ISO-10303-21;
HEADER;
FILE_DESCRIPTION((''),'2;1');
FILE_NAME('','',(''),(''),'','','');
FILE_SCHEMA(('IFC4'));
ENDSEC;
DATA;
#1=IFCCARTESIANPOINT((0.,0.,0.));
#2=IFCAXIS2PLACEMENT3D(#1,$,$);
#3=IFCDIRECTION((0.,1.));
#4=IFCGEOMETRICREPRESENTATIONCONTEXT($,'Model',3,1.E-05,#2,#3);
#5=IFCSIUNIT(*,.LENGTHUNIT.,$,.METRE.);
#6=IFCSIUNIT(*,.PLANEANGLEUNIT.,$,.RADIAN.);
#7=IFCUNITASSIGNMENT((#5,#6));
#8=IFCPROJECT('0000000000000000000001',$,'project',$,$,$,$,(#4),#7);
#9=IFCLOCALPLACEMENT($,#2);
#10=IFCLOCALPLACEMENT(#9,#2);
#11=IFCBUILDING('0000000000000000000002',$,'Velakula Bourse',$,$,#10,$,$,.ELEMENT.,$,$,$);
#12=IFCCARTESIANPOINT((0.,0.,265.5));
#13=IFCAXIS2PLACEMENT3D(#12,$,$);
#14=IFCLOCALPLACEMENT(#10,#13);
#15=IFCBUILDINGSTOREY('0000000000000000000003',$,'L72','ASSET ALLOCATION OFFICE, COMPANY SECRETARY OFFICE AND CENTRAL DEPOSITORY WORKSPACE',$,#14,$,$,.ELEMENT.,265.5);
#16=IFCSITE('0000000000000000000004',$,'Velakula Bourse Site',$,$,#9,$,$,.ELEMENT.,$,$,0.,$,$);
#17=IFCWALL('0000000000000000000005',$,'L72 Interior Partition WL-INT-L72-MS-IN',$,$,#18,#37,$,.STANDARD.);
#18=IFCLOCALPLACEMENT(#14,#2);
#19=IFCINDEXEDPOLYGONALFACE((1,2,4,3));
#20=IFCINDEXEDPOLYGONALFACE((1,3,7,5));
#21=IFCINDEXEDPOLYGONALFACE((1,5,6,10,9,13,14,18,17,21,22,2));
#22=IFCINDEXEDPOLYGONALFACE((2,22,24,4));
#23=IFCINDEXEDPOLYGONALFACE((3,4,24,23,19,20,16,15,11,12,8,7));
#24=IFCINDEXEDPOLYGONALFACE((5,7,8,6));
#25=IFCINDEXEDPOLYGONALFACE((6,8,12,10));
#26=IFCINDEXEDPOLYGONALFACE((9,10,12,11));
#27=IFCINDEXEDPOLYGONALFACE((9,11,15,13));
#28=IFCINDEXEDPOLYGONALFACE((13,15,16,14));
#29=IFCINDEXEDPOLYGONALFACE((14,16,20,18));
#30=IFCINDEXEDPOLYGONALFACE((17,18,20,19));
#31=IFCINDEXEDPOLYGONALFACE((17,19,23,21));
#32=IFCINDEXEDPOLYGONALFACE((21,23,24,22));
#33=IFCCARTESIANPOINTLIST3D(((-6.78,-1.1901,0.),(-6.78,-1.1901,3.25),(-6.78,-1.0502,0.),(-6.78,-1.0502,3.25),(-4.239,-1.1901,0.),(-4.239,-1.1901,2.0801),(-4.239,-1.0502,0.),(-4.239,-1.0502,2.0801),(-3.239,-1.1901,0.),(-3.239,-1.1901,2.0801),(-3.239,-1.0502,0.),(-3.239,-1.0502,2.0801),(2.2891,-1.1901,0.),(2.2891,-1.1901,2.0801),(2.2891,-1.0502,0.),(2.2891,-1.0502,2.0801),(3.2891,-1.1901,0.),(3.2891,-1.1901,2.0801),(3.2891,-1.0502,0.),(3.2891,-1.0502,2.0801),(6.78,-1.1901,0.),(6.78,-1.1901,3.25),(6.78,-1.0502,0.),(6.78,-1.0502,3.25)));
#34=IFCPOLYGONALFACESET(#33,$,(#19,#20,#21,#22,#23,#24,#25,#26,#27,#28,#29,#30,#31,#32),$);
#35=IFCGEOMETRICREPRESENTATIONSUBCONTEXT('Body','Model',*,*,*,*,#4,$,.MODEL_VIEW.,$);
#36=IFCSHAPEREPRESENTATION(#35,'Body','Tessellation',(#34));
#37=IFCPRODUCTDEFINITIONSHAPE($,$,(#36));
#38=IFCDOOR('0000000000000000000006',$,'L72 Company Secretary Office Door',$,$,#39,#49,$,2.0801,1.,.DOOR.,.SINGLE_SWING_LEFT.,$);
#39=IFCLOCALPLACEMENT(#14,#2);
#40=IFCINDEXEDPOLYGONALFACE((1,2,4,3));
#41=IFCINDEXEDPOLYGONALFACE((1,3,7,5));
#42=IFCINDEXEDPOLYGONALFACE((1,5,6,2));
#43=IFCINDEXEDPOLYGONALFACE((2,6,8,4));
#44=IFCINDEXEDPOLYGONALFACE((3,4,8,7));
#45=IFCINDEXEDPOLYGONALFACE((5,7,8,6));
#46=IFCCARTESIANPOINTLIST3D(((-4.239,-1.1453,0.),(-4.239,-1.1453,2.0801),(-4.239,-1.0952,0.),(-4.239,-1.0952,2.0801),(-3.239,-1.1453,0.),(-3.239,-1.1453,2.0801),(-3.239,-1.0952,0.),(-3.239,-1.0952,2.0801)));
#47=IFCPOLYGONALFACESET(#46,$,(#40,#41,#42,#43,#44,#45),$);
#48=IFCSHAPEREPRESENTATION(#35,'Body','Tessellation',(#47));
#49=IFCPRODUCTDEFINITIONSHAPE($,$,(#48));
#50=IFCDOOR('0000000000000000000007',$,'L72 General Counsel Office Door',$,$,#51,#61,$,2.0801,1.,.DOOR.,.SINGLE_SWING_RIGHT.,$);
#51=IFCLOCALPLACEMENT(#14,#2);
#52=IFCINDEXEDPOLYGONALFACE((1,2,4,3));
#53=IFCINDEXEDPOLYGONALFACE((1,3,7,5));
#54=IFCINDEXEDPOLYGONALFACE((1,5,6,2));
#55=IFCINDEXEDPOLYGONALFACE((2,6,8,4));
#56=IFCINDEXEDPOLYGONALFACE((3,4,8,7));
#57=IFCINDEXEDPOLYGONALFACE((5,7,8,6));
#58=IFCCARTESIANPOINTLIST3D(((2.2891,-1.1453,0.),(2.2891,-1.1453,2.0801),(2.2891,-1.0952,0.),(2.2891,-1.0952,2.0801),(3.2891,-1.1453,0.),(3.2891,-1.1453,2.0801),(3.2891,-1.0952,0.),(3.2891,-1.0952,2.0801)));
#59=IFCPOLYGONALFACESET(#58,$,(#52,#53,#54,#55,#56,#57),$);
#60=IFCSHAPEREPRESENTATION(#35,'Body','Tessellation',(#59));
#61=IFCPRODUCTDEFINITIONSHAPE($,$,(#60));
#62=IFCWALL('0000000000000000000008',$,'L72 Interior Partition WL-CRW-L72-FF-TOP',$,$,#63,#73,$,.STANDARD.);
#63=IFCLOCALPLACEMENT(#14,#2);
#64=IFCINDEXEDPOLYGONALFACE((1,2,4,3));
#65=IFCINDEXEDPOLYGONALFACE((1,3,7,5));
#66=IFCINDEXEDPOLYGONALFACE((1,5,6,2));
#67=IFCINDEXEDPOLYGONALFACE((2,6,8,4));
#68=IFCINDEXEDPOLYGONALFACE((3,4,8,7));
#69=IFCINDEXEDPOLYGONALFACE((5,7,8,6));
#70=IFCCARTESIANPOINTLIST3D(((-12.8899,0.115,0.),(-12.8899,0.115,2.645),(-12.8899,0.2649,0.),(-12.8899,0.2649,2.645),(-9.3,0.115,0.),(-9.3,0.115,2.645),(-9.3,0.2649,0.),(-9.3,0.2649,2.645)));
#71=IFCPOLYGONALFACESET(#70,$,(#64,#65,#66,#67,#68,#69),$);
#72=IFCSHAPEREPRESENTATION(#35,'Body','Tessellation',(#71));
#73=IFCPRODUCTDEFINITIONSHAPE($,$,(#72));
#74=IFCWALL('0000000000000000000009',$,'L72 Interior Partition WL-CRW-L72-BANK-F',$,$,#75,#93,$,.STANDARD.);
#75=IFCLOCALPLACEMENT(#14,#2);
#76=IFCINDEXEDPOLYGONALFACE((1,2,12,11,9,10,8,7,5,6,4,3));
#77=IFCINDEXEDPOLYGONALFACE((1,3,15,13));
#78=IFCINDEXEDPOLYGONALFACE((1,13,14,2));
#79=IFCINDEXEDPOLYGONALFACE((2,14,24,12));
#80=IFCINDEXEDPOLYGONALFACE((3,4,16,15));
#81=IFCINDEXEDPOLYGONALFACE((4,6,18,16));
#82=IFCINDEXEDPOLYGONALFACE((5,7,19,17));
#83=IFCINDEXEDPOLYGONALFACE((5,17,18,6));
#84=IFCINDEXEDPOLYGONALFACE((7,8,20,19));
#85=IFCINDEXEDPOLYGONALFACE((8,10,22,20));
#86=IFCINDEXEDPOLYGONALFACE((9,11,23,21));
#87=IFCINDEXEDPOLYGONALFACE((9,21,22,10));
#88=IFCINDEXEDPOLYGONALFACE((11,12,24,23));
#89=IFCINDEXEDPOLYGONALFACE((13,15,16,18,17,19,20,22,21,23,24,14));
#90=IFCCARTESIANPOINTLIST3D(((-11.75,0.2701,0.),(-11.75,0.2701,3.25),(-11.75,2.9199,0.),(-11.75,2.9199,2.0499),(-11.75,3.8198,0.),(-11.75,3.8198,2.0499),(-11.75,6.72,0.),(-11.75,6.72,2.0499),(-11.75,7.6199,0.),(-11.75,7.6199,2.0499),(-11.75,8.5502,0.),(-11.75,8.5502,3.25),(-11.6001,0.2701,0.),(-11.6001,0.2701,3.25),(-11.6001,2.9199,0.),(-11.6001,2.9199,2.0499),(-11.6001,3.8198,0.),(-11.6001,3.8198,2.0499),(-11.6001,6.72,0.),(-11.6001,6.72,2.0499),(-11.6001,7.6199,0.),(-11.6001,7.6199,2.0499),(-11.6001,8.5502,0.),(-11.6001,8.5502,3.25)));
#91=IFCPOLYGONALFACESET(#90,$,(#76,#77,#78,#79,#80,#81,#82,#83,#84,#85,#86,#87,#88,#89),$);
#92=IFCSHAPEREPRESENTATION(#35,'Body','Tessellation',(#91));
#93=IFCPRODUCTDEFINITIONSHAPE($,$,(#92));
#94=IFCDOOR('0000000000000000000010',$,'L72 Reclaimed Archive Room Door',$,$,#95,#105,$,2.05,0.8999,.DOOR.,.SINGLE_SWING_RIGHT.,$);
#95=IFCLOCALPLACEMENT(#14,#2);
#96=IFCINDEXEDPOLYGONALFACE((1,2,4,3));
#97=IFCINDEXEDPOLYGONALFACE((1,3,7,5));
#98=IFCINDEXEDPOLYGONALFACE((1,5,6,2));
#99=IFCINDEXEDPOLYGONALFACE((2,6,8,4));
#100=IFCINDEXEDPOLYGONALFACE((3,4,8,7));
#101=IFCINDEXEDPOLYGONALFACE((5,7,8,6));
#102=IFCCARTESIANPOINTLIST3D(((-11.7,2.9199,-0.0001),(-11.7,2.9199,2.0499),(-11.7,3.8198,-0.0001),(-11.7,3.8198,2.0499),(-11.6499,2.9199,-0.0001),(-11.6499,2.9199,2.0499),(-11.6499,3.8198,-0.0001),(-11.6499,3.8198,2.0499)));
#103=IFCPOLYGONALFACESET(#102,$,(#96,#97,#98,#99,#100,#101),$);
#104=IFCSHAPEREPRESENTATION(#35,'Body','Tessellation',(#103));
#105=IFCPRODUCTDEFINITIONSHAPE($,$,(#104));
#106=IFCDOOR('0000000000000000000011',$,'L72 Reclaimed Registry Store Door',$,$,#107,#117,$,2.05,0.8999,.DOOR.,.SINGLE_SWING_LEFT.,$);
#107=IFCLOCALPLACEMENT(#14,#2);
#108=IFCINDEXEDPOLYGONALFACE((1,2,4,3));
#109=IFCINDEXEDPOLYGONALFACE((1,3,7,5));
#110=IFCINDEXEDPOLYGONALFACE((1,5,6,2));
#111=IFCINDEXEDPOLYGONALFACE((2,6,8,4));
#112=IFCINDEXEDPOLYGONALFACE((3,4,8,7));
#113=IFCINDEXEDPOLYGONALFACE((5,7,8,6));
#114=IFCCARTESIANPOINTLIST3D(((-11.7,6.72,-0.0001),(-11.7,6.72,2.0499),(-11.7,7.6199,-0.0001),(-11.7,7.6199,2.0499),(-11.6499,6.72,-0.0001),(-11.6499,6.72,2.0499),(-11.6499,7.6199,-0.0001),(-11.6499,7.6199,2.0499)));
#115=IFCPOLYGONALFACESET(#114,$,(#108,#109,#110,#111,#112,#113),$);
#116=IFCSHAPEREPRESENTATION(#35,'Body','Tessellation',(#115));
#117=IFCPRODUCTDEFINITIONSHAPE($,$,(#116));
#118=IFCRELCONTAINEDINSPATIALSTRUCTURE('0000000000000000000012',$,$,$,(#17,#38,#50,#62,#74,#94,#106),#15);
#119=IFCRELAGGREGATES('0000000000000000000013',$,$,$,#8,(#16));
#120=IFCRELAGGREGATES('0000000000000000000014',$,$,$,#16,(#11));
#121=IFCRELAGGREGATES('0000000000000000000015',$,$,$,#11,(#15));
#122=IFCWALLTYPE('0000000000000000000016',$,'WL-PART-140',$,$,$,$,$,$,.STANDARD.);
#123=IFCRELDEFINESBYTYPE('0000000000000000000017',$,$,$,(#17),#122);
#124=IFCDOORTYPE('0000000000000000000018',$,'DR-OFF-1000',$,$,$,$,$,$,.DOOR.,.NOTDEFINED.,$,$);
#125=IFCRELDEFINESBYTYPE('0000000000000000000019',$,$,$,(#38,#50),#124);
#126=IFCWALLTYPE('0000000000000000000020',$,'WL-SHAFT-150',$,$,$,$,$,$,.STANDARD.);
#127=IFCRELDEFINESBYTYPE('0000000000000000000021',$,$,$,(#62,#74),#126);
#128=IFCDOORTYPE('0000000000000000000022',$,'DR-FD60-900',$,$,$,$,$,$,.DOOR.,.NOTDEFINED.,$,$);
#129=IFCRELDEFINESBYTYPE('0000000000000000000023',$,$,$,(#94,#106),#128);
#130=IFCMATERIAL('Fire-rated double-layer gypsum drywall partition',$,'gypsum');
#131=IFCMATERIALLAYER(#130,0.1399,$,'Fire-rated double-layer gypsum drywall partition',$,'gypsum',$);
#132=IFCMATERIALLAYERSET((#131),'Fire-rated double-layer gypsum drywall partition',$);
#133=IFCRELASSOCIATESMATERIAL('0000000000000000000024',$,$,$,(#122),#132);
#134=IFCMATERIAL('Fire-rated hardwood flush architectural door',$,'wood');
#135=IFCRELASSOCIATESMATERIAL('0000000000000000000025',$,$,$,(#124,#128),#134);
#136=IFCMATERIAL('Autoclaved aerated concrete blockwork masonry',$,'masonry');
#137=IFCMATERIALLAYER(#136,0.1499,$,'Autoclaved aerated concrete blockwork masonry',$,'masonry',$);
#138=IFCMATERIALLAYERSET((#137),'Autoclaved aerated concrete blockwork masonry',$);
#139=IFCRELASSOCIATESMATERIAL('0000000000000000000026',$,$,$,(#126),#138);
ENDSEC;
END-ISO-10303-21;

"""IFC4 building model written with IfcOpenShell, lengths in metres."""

from ifc_helpers import new_model, si_unit, direction, frame, frame_2d, origin, place, context, subcontext, project, spatial, rectangle, extrude, material, layer, layer_set, type_object, element, fill, save


model = new_model("IFC4")

# Units and contexts
model_context = context("Model", 3, precision=1e-05, world=origin(), true_north=direction((0.0, 1.0)))
body_context = subcontext(model_context, "Body", "Model", "MODEL_VIEW")
ifc_project = project(units=[si_unit("LENGTHUNIT", "METRE"), si_unit("PLANEANGLEUNIT", "RADIAN")], contexts=[model_context])

# Site, building, storey
site_placement = place(None, origin())
site = spatial("IfcSite", under=ifc_project, at=site_placement, Name="Velakula Bourse Site", CompositionType="ELEMENT", RefElevation=0.0)
building_placement = place(site_placement, origin())
building = spatial("IfcBuilding", under=site, at=building_placement, Name="Velakula Bourse", CompositionType="ELEMENT")
storey_placement = place(building_placement, frame((0.0, 0.0, 265.5)))
storey = spatial("IfcBuildingStorey", under=building, at=storey_placement, Name="L72", Description="ASSET ALLOCATION OFFICE, COMPANY SECRETARY OFFICE AND CENTRAL DEPOSITORY WORKSPACE", CompositionType="ELEMENT", Elevation=265.5)

# Shared definitions
ifc_material_1 = material(Name="Fire-rated double-layer gypsum drywall partition", Category="gypsum")
ifc_material_2 = material(Name="Fire-rated hardwood flush architectural door", Category="wood")

# Shared definitions
ifc_layer_1 = layer(ifc_material_1, 0.1399, Name="Fire-rated double-layer gypsum drywall partition", Category="gypsum")
ifc_layer_set_1 = layer_set([ifc_layer_1], Name="Fire-rated double-layer gypsum drywall partition")
wall_type_1 = type_object("IfcWallType", Name="WL-PART-140", PredefinedType="STANDARD", material=ifc_layer_set_1)
door_type_1 = type_object("IfcDoorType", Name="DR-OFF-1000", OperationType="NOTDEFINED", PredefinedType="DOOR", material=ifc_material_2)

# Wall, openings, doors
wall_1_placement = place(storey_placement, frame((-6.78, -1.1201, 0.0), z_axis=(0.0, 0.0, 1.0), x_axis=(1.0, 0.0, 0.0)))
wall_1 = element("IfcWall", 1, at=wall_1_placement, inside=storey, type_object=wall_type_1, Name="L72 Interior Partition WL-INT-L72-MS-IN", PredefinedType="STANDARD", context=body_context, shape_type="SweptSolid", body=[
    extrude(rectangle(XDim=13.5601, YDim=0.1399, at=frame_2d((6.78, 0.0))), origin(), (0.0, 0.0, 1.0), 3.25),
])
opening_1_placement = place(wall_1_placement, frame((2.541, 0.0, 0.0)))
opening_1 = element("IfcOpeningElement", 2, at=opening_1_placement, cuts=wall_1, PredefinedType="OPENING", context=body_context, shape_type="SweptSolid", body=[
    extrude(rectangle(XDim=1.0, YDim=2.0801, at=frame_2d((0.5, 1.04))), frame((0.0, 0.0798, 0.0), z_axis=(0.0, -1.0, 0.0), x_axis=(1.0, 0.0, 0.0)), (0.0, 0.0, 1.0), 0.1599),
])
opening_2_placement = place(wall_1_placement, frame((9.0691, 0.0, 0.0)))
opening_2 = element("IfcOpeningElement", 3, at=opening_2_placement, cuts=wall_1, PredefinedType="OPENING", context=body_context, shape_type="SweptSolid", body=[
    extrude(rectangle(XDim=1.0, YDim=2.0801, at=frame_2d((0.5, 1.04))), frame((0.0, 0.0798, 0.0), z_axis=(0.0, -1.0, 0.0), x_axis=(1.0, 0.0, 0.0)), (0.0, 0.0, 1.0), 0.1599),
])
door_1_placement = place(opening_1_placement, origin())
door_1 = element("IfcDoor", 4, at=door_1_placement, inside=storey, type_object=door_type_1, Name="L72 Company Secretary Office Door", OperationType="SINGLE_SWING_LEFT", OverallHeight=2.0801, OverallWidth=1.0, PredefinedType="DOOR", context=body_context, shape_type="SweptSolid", body=[
    extrude(rectangle(XDim=1.0, YDim=2.0801, at=frame_2d((0.5, 1.04))), frame((0.0, 0.0249, 0.0), z_axis=(0.0, -1.0, 0.0), x_axis=(1.0, 0.0, 0.0)), (0.0, 0.0, 1.0), 0.05),
])
fill(opening_1, door_1)
door_2_placement = place(opening_2_placement, origin())
door_2 = element("IfcDoor", 5, at=door_2_placement, inside=storey, type_object=door_type_1, Name="L72 General Counsel Office Door", OperationType="SINGLE_SWING_RIGHT", OverallHeight=2.0801, OverallWidth=1.0, PredefinedType="DOOR", context=body_context, shape_type="SweptSolid", body=[
    extrude(rectangle(XDim=1.0, YDim=2.0801, at=frame_2d((0.5, 1.04))), frame((0.0, 0.0249, 0.0), z_axis=(0.0, -1.0, 0.0), x_axis=(1.0, 0.0, 0.0)), (0.0, 0.0, 1.0), 0.05),
])
fill(opening_2, door_2)

# Wall
ifc_material_3 = material(Name="Autoclaved aerated concrete blockwork masonry", Category="masonry")
ifc_layer_2 = layer(ifc_material_3, 0.1499, Name="Autoclaved aerated concrete blockwork masonry", Category="masonry")
ifc_layer_set_2 = layer_set([ifc_layer_2], Name="Autoclaved aerated concrete blockwork masonry")
wall_type_2 = type_object("IfcWallType", Name="WL-SHAFT-150", PredefinedType="STANDARD", material=ifc_layer_set_2)
wall_2_placement = place(storey_placement, frame((-12.8899, 0.1899, 0.0), z_axis=(0.0, 0.0, 1.0), x_axis=(1.0, 0.0, 0.0)))
element("IfcWall", 6, at=wall_2_placement, inside=storey, type_object=wall_type_2, Name="L72 Interior Partition WL-CRW-L72-FF-TOP", PredefinedType="STANDARD", context=body_context, shape_type="SweptSolid", body=[
    extrude(rectangle(XDim=3.5898, YDim=0.1499, at=frame_2d((1.7949, 0.0))), origin(), (0.0, 0.0, 1.0), 2.645),
])

# Wall, openings, doors
wall_3_placement = place(storey_placement, frame((-11.675, 0.27, 0.0), z_axis=(0.0, 0.0, 1.0), x_axis=(0.0, 1.0, 0.0)))
wall_3 = element("IfcWall", 7, at=wall_3_placement, inside=storey, type_object=wall_type_2, Name="L72 Interior Partition WL-CRW-L72-BANK-F", PredefinedType="STANDARD", context=body_context, shape_type="SweptSolid", body=[
    extrude(rectangle(XDim=8.28, YDim=0.1499, at=frame_2d((4.1401, 0.0))), origin(), (0.0, 0.0, 1.0), 3.25),
])
opening_3_placement = place(wall_3_placement, frame((2.6499, 0.0, 0.0)))
opening_3 = element("IfcOpeningElement", 8, at=opening_3_placement, cuts=wall_3, PredefinedType="OPENING", context=body_context, shape_type="SweptSolid", body=[
    extrude(rectangle(XDim=0.8999, YDim=2.05, at=frame_2d((0.45, 1.0249))), frame((0.0, 0.085, 0.0), z_axis=(0.0, -1.0, 0.0), x_axis=(1.0, 0.0, 0.0)), (0.0, 0.0, 1.0), 0.1699),
])
opening_4_placement = place(wall_3_placement, frame((6.45, 0.0, 0.0)))
opening_4 = element("IfcOpeningElement", 9, at=opening_4_placement, cuts=wall_3, PredefinedType="OPENING", context=body_context, shape_type="SweptSolid", body=[
    extrude(rectangle(XDim=0.8999, YDim=2.05, at=frame_2d((0.45, 1.0249))), frame((0.0, 0.085, 0.0), z_axis=(0.0, -1.0, 0.0), x_axis=(1.0, 0.0, 0.0)), (0.0, 0.0, 1.0), 0.1699),
])
door_type_2 = type_object("IfcDoorType", Name="DR-FD60-900", OperationType="NOTDEFINED", PredefinedType="DOOR", material=ifc_material_2)
door_3_placement = place(opening_3_placement, origin())
door_3 = element("IfcDoor", 10, at=door_3_placement, inside=storey, type_object=door_type_2, Name="L72 Reclaimed Archive Room Door", OperationType="SINGLE_SWING_RIGHT", OverallHeight=2.05, OverallWidth=0.8999, PredefinedType="DOOR", context=body_context, shape_type="SweptSolid", body=[
    extrude(rectangle(XDim=0.8999, YDim=2.05, at=frame_2d((0.45, 1.0249))), frame((0.0, 0.0249, 0.0), z_axis=(0.0, -1.0, 0.0), x_axis=(1.0, 0.0, 0.0)), (0.0, 0.0, 1.0), 0.05),
])
fill(opening_3, door_3)
door_4_placement = place(opening_4_placement, origin())
door_4 = element("IfcDoor", 11, at=door_4_placement, inside=storey, type_object=door_type_2, Name="L72 Reclaimed Registry Store Door", OperationType="SINGLE_SWING_LEFT", OverallHeight=2.05, OverallWidth=0.8999, PredefinedType="DOOR", context=body_context, shape_type="SweptSolid", body=[
    extrude(rectangle(XDim=0.8999, YDim=2.05, at=frame_2d((0.45, 1.0249))), frame((0.0, 0.0249, 0.0), z_axis=(0.0, -1.0, 0.0), x_axis=(1.0, 0.0, 0.0)), (0.0, 0.0, 1.0), 0.05),
])
fill(opening_4, door_4)

save(model, "model.ifc")
